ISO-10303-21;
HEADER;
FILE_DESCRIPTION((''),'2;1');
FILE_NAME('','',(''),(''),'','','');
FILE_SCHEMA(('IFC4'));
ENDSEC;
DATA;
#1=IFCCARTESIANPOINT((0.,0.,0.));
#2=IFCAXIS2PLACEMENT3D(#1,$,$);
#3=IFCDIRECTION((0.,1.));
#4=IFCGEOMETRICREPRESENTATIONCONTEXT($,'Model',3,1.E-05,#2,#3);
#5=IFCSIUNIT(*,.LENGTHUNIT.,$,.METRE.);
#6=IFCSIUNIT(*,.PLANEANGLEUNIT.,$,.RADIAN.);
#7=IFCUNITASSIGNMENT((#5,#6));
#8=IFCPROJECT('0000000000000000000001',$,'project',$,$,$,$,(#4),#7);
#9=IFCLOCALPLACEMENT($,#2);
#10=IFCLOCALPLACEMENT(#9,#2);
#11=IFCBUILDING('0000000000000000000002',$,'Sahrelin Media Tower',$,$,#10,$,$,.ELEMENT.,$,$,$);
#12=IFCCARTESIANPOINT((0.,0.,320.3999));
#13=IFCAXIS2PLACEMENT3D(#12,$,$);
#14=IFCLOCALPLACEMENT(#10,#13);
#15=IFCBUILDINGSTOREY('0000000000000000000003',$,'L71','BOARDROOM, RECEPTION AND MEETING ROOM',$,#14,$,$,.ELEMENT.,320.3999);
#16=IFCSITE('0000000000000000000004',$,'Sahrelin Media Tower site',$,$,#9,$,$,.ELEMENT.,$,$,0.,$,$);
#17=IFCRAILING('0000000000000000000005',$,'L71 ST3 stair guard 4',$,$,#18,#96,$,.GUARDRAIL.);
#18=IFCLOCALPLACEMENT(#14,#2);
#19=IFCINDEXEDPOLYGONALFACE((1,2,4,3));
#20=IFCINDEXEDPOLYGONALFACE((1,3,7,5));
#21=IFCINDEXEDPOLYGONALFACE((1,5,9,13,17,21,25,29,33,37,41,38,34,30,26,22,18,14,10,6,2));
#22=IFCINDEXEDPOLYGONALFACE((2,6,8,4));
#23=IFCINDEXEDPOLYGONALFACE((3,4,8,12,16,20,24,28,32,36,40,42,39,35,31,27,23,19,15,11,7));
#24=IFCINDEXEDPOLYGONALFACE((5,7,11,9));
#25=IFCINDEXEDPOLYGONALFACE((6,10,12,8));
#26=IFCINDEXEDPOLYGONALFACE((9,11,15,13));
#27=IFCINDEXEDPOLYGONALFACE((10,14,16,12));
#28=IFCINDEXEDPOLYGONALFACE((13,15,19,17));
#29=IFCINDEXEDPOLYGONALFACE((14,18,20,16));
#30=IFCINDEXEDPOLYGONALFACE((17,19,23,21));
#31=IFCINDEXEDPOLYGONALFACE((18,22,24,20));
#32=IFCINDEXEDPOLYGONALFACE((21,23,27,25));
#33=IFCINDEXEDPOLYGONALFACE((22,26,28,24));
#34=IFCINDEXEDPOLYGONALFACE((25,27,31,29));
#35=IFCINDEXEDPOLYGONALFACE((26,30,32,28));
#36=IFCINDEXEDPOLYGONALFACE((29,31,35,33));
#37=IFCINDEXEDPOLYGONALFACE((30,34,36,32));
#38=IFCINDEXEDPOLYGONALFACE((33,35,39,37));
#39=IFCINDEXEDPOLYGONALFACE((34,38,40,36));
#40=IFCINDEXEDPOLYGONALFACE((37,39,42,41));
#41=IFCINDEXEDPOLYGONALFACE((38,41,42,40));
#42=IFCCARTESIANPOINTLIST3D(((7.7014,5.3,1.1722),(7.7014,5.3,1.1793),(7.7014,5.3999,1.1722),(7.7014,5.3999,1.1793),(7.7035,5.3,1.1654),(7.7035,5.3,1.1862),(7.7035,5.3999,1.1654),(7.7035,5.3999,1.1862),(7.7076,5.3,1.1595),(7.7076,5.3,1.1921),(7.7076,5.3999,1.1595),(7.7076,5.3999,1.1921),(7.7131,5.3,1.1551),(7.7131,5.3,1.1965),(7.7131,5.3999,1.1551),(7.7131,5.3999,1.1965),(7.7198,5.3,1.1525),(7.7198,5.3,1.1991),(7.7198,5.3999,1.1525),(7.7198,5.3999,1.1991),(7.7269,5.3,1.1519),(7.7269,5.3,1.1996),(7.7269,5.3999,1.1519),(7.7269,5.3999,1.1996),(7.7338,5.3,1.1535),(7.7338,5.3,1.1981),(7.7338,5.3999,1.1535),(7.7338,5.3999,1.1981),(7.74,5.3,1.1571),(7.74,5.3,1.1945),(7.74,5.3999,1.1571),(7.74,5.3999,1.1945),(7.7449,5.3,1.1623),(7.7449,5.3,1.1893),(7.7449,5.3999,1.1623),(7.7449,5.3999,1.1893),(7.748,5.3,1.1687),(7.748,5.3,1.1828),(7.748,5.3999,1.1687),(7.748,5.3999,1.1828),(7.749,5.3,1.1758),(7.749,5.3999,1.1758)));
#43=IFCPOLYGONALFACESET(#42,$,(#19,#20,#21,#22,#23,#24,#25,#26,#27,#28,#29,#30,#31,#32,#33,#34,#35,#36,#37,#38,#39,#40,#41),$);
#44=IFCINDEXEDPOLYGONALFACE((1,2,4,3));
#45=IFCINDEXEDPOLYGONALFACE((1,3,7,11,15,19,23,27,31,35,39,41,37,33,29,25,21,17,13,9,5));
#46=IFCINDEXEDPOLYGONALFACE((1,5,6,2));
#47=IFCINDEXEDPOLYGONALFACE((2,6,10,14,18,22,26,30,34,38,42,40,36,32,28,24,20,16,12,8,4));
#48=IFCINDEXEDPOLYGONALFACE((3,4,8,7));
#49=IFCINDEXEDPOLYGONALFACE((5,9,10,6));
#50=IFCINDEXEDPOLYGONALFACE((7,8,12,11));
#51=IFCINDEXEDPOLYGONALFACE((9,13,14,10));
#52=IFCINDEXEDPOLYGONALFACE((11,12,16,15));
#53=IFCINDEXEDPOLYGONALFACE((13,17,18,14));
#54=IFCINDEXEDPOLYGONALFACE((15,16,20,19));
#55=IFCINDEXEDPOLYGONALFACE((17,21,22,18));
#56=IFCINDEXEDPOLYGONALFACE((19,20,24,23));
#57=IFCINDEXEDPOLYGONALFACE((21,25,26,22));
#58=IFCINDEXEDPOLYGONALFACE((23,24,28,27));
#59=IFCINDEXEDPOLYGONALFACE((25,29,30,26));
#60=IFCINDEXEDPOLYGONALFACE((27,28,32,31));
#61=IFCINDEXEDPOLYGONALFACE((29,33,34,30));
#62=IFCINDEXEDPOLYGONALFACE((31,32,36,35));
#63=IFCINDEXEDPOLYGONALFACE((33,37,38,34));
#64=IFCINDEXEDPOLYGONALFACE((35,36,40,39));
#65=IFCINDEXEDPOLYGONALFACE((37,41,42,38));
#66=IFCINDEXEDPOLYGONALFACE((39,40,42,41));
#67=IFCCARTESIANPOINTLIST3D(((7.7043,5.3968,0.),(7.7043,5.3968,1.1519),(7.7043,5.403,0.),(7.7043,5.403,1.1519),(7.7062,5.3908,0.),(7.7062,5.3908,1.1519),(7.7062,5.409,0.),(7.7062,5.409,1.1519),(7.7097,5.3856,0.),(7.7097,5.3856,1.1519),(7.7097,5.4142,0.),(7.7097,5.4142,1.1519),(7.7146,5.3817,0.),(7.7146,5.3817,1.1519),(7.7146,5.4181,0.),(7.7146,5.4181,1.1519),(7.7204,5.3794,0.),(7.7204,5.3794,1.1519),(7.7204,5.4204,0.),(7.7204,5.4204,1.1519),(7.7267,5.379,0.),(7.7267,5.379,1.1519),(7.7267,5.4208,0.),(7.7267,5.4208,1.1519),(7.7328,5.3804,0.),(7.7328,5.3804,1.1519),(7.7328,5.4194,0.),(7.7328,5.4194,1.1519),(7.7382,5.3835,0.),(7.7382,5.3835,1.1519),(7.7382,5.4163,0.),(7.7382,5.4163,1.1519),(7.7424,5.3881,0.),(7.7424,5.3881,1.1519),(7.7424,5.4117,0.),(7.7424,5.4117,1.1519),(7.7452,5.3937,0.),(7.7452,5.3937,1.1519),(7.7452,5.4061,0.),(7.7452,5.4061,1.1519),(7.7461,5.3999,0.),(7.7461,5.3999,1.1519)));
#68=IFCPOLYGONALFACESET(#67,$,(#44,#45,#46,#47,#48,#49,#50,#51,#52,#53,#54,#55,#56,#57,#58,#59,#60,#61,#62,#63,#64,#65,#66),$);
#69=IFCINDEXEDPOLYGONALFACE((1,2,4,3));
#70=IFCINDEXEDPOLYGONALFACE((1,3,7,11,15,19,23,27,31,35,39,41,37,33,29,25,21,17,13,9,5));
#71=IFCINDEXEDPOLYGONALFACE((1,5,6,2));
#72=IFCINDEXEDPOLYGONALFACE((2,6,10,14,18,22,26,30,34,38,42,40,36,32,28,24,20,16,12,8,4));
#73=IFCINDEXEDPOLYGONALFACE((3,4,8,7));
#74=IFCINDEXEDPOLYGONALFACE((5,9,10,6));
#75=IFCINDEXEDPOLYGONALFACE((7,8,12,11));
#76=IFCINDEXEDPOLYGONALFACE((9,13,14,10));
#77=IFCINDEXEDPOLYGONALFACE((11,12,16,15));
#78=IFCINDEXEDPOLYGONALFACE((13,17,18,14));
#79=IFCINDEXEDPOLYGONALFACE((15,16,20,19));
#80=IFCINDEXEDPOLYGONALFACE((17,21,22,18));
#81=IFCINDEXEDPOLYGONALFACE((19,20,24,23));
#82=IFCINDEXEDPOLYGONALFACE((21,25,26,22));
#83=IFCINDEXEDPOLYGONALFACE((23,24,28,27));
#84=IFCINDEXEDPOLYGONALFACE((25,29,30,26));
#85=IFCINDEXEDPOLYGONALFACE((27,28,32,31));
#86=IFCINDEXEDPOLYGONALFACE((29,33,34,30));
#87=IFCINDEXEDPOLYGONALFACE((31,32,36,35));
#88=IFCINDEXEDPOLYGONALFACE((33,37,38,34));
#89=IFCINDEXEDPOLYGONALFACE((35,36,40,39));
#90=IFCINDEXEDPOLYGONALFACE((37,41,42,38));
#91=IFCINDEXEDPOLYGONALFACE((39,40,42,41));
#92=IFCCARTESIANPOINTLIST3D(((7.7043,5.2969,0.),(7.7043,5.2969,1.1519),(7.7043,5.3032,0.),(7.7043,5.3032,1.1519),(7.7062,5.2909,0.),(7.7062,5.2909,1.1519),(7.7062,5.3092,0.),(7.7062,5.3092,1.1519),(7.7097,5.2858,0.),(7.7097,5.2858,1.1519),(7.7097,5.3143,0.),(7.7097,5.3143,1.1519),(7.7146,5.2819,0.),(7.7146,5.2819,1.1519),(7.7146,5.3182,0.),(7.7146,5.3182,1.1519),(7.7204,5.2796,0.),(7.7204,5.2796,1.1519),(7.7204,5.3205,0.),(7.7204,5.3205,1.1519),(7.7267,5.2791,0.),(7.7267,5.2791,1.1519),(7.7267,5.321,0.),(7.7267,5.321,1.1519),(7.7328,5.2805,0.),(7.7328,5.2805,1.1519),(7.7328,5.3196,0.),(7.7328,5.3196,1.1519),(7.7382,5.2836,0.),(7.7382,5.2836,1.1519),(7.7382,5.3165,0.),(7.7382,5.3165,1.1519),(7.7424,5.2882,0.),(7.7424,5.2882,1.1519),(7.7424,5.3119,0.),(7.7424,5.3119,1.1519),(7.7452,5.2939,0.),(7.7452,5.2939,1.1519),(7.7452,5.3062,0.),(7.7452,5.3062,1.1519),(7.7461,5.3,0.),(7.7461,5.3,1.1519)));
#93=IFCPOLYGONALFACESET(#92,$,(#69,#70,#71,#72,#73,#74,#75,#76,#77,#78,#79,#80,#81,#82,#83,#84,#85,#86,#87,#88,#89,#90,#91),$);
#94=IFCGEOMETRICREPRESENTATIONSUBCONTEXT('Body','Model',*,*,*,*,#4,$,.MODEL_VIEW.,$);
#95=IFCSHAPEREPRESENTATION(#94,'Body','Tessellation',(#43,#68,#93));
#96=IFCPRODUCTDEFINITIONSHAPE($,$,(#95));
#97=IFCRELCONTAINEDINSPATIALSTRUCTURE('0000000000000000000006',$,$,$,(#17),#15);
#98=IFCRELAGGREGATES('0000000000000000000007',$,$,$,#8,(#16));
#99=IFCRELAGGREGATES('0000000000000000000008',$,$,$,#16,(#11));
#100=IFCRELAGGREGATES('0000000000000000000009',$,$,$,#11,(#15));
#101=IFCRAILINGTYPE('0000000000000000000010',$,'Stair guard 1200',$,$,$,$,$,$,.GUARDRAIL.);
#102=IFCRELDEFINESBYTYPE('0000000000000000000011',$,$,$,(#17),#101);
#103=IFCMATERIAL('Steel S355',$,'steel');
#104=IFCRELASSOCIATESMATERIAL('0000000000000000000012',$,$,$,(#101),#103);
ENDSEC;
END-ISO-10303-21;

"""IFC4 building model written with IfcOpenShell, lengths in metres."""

from ifc_helpers import new_model, si_unit, direction, frame, origin, origin_2d, place, context, subcontext, project, spatial, circle, extrude, material, type_object, element, save


model = new_model("IFC4")

# Units and contexts
model_context = context("Model", 3, precision=1e-05, world=origin(), true_north=direction((0.0, 1.0)))
body_context = subcontext(model_context, "Body", "Model", "MODEL_VIEW")
ifc_project = project(units=[si_unit("LENGTHUNIT", "METRE"), si_unit("PLANEANGLEUNIT", "RADIAN")], contexts=[model_context])

# Site, building, storey
site_placement = place(None, origin())
site = spatial("IfcSite", under=ifc_project, at=site_placement, Name="Sahrelin Media Tower site", CompositionType="ELEMENT", RefElevation=0.0)
building_placement = place(site_placement, origin())
building = spatial("IfcBuilding", under=site, at=building_placement, Name="Sahrelin Media Tower", CompositionType="ELEMENT")
storey_placement = place(building_placement, frame((0.0, 0.0, 320.3999)))
storey = spatial("IfcBuildingStorey", under=building, at=storey_placement, Name="L71", Description="BOARDROOM, RECEPTION AND MEETING ROOM", CompositionType="ELEMENT", Elevation=320.3999)

# Shared definitions
ifc_material_1 = material(Name="Steel S355", Category="steel")

# Railing
railing_type_1 = type_object("IfcRailingType", Name="Stair guard 1200", PredefinedType="GUARDRAIL", material=ifc_material_1)
railing_1_placement = place(storey_placement, frame((7.7251, 5.3999, 0.0)))
element("IfcRailing", 1, at=railing_1_placement, inside=storey, type_object=railing_type_1, Name="L71 ST3 stair guard 4", PredefinedType="GUARDRAIL", context=body_context, shape_type="SweptSolid", body=[
    extrude(circle(Radius=0.0239, at=origin_2d()), frame((0.0, 0.0, 1.1758), z_axis=(0.0, -1.0, 0.0), x_axis=(1.0, 0.0, 0.0)), (0.0, 0.0, 1.0), 0.0999),
    extrude(circle(Radius=0.021, at=origin_2d()), origin(), (0.0, 0.0, 1.0), 1.1519),
    extrude(circle(Radius=0.021, at=origin_2d()), frame((0.0, -0.0999, 0.0)), (0.0, 0.0, 1.0), 1.1519),
])

save(model, "model.ifc")
